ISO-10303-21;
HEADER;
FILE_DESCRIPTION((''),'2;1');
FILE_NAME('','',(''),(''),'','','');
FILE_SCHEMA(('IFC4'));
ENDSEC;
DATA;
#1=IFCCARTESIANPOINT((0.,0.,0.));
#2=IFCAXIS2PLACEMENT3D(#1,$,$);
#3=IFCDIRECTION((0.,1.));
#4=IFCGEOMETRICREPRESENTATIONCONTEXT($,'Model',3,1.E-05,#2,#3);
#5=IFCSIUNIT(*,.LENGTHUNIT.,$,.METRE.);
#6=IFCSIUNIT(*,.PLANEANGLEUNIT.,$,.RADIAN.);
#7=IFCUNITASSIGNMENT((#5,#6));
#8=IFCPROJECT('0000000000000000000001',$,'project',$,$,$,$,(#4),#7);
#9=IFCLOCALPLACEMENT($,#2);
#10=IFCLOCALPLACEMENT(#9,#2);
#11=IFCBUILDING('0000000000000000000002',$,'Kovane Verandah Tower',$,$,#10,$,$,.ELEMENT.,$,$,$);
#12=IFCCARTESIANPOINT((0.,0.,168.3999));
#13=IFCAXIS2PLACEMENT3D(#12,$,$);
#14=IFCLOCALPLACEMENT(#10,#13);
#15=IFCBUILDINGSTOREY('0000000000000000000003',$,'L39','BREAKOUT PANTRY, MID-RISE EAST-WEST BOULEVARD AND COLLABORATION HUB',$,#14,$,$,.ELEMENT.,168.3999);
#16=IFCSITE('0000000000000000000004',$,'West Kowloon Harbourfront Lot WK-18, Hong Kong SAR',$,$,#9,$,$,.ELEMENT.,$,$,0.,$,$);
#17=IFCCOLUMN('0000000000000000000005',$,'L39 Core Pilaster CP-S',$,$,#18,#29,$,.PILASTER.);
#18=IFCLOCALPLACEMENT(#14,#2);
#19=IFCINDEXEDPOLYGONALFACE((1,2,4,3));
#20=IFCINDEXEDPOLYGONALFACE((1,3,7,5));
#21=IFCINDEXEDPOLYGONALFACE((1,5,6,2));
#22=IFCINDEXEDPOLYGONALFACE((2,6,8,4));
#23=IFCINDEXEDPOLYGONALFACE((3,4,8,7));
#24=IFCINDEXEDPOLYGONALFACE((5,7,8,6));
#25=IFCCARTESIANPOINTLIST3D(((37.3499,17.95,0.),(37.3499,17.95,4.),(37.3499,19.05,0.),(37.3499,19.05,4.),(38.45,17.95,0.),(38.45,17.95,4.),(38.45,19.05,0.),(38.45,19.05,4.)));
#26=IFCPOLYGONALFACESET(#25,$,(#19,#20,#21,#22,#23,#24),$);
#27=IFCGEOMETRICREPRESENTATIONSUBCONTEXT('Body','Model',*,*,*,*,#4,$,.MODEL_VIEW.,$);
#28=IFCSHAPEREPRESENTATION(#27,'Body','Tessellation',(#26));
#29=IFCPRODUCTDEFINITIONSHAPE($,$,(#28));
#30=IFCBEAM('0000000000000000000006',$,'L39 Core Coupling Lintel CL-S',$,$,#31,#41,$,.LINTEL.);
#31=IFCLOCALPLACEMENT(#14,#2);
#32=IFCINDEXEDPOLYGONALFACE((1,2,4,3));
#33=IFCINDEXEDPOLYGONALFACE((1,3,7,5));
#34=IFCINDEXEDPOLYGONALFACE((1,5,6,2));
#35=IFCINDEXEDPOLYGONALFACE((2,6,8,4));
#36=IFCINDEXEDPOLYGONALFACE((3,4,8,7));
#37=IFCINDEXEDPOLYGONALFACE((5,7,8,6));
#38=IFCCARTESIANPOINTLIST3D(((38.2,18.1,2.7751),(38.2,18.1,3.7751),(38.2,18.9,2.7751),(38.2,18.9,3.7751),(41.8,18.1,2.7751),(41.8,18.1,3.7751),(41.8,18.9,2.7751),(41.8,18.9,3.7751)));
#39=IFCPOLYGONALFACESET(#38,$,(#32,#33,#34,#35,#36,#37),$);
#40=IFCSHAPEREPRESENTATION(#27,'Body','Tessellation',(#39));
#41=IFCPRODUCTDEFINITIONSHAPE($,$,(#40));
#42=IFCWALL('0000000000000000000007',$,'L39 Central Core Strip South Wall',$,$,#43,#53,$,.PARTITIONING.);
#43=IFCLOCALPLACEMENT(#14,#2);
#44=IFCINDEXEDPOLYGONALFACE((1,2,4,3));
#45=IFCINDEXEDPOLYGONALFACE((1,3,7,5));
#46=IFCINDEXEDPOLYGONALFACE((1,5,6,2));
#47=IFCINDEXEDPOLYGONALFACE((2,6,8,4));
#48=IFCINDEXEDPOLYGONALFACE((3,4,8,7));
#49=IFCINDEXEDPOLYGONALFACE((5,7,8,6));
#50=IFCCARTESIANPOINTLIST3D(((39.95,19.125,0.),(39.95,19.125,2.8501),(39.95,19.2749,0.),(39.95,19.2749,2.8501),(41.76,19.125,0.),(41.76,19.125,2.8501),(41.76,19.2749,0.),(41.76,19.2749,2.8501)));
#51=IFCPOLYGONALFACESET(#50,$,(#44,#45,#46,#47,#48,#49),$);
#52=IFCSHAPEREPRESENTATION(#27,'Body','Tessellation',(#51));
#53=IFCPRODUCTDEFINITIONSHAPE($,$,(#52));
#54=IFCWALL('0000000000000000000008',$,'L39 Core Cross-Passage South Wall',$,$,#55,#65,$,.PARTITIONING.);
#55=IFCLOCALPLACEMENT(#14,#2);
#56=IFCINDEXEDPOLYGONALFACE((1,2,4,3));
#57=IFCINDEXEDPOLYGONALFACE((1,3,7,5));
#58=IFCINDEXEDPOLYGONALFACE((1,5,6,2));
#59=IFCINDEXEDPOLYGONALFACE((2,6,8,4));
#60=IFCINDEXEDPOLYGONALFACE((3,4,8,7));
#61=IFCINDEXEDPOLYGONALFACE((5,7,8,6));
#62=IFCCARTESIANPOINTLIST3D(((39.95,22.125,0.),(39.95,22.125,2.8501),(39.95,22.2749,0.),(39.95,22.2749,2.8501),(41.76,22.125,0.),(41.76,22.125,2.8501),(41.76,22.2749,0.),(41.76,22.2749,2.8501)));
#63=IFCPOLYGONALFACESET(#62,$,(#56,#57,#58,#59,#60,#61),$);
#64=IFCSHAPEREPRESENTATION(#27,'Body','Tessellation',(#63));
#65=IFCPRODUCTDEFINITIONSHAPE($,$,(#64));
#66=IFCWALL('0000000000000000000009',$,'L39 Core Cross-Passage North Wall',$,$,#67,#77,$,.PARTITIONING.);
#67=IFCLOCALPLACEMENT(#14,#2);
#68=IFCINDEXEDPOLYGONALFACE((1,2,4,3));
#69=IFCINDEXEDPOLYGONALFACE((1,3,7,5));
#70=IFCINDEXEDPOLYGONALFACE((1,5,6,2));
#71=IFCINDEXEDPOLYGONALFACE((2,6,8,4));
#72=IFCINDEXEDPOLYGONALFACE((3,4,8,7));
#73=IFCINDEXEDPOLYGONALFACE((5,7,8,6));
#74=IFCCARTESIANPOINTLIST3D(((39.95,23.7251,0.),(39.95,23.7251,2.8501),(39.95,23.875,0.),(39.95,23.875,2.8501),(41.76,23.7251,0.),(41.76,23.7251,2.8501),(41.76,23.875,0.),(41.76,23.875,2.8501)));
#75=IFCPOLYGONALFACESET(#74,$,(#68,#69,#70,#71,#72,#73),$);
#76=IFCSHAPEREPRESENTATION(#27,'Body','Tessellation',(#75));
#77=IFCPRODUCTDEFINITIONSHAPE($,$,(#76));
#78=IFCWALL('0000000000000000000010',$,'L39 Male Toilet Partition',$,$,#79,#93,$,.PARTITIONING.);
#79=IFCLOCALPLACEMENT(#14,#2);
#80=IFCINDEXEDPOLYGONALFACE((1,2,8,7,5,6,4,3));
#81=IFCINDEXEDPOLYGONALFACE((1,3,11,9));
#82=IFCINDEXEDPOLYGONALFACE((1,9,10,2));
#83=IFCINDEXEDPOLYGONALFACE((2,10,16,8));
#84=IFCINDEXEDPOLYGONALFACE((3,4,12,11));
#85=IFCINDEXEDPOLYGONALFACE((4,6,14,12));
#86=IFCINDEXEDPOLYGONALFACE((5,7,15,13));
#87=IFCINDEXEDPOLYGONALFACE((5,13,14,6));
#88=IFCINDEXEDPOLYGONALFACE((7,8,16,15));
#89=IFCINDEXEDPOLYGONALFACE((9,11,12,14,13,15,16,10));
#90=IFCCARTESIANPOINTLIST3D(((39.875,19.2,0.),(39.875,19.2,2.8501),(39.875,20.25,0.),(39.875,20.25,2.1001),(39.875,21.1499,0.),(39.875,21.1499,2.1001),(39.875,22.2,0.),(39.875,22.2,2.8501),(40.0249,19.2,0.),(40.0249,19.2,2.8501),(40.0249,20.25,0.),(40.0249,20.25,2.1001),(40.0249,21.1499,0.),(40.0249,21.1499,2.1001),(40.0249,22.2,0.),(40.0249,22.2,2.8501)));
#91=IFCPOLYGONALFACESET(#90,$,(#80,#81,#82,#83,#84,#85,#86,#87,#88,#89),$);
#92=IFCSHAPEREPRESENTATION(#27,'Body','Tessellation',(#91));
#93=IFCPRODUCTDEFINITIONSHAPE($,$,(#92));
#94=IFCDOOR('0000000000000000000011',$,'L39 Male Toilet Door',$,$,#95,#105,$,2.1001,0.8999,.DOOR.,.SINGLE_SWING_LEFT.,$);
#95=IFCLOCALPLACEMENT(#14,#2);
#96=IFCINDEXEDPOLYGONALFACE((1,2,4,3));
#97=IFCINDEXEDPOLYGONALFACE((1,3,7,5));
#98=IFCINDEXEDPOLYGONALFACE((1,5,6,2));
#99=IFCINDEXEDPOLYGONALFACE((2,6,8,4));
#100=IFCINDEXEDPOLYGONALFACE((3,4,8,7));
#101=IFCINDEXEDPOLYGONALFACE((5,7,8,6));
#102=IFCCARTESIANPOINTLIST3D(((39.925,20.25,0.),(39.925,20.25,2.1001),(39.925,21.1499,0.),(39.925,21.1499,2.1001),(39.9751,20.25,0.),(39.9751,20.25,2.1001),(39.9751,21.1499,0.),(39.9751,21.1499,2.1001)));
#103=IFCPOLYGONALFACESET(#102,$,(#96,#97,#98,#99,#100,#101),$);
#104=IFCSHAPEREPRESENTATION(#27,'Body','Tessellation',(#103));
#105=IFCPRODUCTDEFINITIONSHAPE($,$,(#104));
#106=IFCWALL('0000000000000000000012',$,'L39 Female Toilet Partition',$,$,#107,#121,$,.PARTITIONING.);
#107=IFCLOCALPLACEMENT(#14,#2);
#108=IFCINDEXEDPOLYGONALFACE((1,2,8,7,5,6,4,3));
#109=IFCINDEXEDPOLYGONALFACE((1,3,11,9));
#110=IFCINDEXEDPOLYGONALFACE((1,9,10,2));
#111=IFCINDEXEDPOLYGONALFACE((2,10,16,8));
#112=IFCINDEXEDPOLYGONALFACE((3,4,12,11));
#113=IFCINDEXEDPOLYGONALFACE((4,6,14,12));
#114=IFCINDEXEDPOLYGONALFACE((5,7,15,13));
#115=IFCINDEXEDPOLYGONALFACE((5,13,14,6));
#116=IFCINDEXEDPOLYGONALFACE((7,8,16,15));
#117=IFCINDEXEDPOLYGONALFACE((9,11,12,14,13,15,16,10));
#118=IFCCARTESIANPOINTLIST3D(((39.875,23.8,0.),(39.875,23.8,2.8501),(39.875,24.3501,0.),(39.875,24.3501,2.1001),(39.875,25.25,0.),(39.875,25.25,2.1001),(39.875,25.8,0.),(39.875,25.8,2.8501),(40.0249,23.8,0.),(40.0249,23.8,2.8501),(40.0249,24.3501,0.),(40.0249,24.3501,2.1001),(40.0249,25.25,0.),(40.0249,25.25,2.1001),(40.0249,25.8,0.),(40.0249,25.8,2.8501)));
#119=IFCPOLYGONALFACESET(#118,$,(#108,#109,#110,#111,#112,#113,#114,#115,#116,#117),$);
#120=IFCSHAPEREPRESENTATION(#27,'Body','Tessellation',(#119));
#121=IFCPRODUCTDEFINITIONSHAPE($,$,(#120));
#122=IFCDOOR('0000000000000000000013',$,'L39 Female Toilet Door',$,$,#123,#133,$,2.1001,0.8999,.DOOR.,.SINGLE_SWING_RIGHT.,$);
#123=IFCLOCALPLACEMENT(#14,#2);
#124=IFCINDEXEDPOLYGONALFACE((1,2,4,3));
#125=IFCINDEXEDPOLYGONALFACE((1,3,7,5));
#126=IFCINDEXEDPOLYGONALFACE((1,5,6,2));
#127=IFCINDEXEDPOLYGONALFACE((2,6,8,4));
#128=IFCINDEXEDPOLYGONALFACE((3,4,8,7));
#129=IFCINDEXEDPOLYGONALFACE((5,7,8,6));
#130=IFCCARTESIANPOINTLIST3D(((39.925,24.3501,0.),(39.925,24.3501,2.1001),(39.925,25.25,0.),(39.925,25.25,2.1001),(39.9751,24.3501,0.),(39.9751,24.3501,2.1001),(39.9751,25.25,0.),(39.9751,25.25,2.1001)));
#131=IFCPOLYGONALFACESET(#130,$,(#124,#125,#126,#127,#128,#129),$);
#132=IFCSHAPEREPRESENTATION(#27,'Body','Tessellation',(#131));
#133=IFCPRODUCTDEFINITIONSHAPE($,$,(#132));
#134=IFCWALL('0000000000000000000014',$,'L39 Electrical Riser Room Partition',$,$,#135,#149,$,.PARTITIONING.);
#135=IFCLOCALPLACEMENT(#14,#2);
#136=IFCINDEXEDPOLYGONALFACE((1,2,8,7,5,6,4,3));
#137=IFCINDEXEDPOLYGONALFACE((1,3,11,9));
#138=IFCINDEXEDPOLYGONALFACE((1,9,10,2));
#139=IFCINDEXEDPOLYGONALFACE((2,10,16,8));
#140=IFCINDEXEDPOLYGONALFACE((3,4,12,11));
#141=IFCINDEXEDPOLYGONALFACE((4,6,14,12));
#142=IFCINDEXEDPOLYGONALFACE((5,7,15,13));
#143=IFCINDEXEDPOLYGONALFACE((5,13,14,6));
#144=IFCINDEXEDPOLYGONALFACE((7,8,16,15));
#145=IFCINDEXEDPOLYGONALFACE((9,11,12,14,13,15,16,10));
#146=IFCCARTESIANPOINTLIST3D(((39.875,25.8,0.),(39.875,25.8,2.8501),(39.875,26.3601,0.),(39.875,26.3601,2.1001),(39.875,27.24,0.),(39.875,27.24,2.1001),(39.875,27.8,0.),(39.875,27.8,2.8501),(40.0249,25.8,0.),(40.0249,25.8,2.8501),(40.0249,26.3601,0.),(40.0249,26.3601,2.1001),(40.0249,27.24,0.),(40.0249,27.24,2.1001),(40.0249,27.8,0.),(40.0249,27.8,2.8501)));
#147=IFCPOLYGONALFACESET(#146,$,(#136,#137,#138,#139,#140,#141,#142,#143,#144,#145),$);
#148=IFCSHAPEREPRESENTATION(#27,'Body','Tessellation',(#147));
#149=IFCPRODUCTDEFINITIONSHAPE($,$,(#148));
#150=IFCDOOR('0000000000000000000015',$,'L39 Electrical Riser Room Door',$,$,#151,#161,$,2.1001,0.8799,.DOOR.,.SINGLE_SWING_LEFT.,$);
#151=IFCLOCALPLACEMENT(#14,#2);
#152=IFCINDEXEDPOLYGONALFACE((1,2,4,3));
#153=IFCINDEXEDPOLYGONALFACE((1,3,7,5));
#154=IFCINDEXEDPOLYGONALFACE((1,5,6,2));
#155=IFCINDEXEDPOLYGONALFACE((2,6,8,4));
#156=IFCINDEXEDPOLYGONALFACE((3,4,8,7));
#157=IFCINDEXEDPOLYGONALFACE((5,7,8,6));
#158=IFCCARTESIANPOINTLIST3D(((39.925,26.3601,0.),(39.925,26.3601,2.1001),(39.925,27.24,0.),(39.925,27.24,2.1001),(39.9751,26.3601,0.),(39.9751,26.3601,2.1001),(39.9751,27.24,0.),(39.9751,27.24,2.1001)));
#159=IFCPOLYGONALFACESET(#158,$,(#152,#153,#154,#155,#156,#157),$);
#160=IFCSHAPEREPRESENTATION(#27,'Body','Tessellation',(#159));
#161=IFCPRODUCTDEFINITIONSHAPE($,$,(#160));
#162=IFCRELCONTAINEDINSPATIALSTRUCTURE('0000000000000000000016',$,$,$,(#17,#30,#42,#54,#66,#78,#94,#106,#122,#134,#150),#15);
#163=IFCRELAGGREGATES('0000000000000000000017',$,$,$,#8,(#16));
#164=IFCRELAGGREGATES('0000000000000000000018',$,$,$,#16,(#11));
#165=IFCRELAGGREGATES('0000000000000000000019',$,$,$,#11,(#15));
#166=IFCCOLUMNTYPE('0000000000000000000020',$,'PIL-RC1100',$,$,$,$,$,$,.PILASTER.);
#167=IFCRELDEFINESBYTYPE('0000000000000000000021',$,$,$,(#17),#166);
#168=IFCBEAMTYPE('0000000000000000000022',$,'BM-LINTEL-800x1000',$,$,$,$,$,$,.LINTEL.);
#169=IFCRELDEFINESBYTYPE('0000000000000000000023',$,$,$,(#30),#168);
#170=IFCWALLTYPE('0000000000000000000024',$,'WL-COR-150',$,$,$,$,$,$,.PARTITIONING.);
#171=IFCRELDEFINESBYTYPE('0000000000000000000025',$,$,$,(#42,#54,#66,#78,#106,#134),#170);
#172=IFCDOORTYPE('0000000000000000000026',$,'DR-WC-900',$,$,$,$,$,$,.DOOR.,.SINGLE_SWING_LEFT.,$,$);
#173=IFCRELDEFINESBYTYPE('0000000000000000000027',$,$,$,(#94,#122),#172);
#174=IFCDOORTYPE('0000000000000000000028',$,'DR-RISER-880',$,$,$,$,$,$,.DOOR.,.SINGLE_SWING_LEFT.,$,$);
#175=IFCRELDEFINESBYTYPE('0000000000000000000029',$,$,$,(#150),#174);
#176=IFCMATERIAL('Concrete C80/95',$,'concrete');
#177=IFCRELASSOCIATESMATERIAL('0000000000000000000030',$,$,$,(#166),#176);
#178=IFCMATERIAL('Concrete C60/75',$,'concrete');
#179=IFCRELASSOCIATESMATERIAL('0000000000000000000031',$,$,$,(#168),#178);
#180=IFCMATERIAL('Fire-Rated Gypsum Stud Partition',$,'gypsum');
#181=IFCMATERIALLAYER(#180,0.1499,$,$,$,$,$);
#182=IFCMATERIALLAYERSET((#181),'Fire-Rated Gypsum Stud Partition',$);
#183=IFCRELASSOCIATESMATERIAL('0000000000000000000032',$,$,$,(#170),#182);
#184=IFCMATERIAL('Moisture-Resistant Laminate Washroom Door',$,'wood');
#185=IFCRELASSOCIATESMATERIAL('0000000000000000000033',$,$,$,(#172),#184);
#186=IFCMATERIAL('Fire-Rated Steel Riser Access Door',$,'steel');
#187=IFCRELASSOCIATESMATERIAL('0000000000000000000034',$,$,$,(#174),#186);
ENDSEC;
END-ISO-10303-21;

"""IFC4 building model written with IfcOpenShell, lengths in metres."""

from ifc_helpers import new_model, si_unit, direction, frame, frame_2d, origin, origin_2d, place, context, subcontext, project, spatial, rectangle, extrude, material, layer, layer_set, material_profile, profile_set, type_object, element, fill, save


model = new_model("IFC4")

# Units and contexts
model_context = context("Model", 3, precision=1e-05, world=origin(), true_north=direction((0.0, 1.0)))
body_context = subcontext(model_context, "Body", "Model", "MODEL_VIEW")
ifc_project = project(units=[si_unit("LENGTHUNIT", "METRE"), si_unit("PLANEANGLEUNIT", "RADIAN")], contexts=[model_context])

# Site, building, storey
site_placement = place(None, origin())
site = spatial("IfcSite", under=ifc_project, at=site_placement, Name="West Kowloon Harbourfront Lot WK-18, Hong Kong SAR", CompositionType="ELEMENT", RefElevation=0.0)
building_placement = place(site_placement, origin())
building = spatial("IfcBuilding", under=site, at=building_placement, Name="Kovane Verandah Tower", CompositionType="ELEMENT")
storey_placement = place(building_placement, frame((0.0, 0.0, 168.3999)))
storey = spatial("IfcBuildingStorey", under=building, at=storey_placement, Name="L39", Description="BREAKOUT PANTRY, MID-RISE EAST-WEST BOULEVARD AND COLLABORATION HUB", CompositionType="ELEMENT", Elevation=168.3999)

# Column
ifc_material_1 = material(Name="Concrete C80/95", Category="concrete")
ifc_material_profile_1 = material_profile(ifc_material_1, rectangle(XDim=1.1001, YDim=1.1001, at=origin_2d()), Name="RC1100x1100")
ifc_profile_set_1 = profile_set([ifc_material_profile_1], Name="Concrete C80/95")
column_type = type_object("IfcColumnType", Name="PIL-RC1100", PredefinedType="PILASTER", material=ifc_profile_set_1)
column_placement = place(storey_placement, frame((37.8999, 18.5, 0.0), z_axis=(0.0, 0.0, 1.0), x_axis=(1.0, 0.0, 0.0)))
element("IfcColumn", 1, at=column_placement, inside=storey, type_object=column_type, Name="L39 Core Pilaster CP-S", PredefinedType="PILASTER", context=body_context, shape_type="SweptSolid", body=[
    extrude(rectangle(XDim=1.1001, YDim=1.1001, at=origin_2d()), origin(), (0.0, 0.0, 1.0), 4.0),
])

# Beam
ifc_material_2 = material(Name="Concrete C60/75", Category="concrete")
ifc_material_profile_2 = material_profile(ifc_material_2, rectangle(XDim=0.8, YDim=1.0, at=origin_2d()), Name="RCB800x1000")
ifc_profile_set_2 = profile_set([ifc_material_profile_2], Name="Concrete C60/75")
beam_type = type_object("IfcBeamType", Name="BM-LINTEL-800x1000", PredefinedType="LINTEL", material=ifc_profile_set_2)
beam_placement = place(storey_placement, frame((38.2, 18.5, 3.2751), z_axis=(1.0, 0.0, 0.0), x_axis=(0.0, 1.0, 0.0)))
element("IfcBeam", 2, at=beam_placement, inside=storey, type_object=beam_type, Name="L39 Core Coupling Lintel CL-S", PredefinedType="LINTEL", context=body_context, shape_type="SweptSolid", body=[
    extrude(rectangle(XDim=0.8, YDim=1.0, at=origin_2d()), origin(), (0.0, 0.0, 1.0), 3.6001),
])

# Walls
ifc_material_3 = material(Name="Fire-Rated Gypsum Stud Partition", Category="gypsum")
ifc_layer_1 = layer(ifc_material_3, 0.1499)
ifc_layer_set_1 = layer_set([ifc_layer_1], Name="Fire-Rated Gypsum Stud Partition")
wall_type_1 = type_object("IfcWallType", Name="WL-COR-150", PredefinedType="PARTITIONING", material=ifc_layer_set_1)
for number, where, z_axis, x_axis, name in (
    (3, (39.95, 19.2, 0.0), (0.0, 0.0, 1.0), (1.0, 0.0, 0.0), "L39 Central Core Strip South Wall"),
    (4, (39.95, 22.2, 0.0), (0.0, 0.0, 1.0), (1.0, 0.0, 0.0), "L39 Core Cross-Passage South Wall"),
    (5, (39.95, 23.8, 0.0), (0.0, 0.0, 1.0), (1.0, 0.0, 0.0), "L39 Core Cross-Passage North Wall"),
):
    element("IfcWall", number, at=place(storey_placement, frame(where, z_axis=z_axis, x_axis=x_axis)), inside=storey, type_object=wall_type_1, Name=name, PredefinedType="PARTITIONING", context=body_context, shape_type="SweptSolid", body=[
        extrude(rectangle(XDim=1.8101, YDim=0.1499, at=frame_2d((0.905, 0.0))), origin(), (0.0, 0.0, 1.0), 2.8501),
    ])

# Walls, openings, doors
wall_1_placement = place(storey_placement, frame((39.95, 19.2, 0.0), z_axis=(0.0, 0.0, 1.0), x_axis=(0.0, 1.0, 0.0)))
wall_1 = element("IfcWall", 6, at=wall_1_placement, inside=storey, type_object=wall_type_1, Name="L39 Male Toilet Partition", PredefinedType="PARTITIONING", context=body_context, shape_type="SweptSolid", body=[
    extrude(rectangle(XDim=3.0, YDim=0.1499, at=frame_2d((1.5, 0.0))), origin(), (0.0, 0.0, 1.0), 2.8501),
])
opening_1_placement = place(wall_1_placement, frame((1.05, 0.0, 0.0)))
opening_1 = element("IfcOpeningElement", 7, at=opening_1_placement, cuts=wall_1, PredefinedType="OPENING", context=body_context, shape_type="SweptSolid", body=[
    extrude(rectangle(XDim=0.8999, YDim=2.1001, at=frame_2d((0.45, 1.05))), frame((0.0, 0.075, 0.0), z_axis=(0.0, -1.0, 0.0), x_axis=(1.0, 0.0, 0.0)), (0.0, 0.0, 1.0), 0.1499),
])
ifc_material_4 = material(Name="Moisture-Resistant Laminate Washroom Door", Category="wood")
door_type_1 = type_object("IfcDoorType", Name="DR-WC-900", OperationType="SINGLE_SWING_LEFT", PredefinedType="DOOR", material=ifc_material_4)
door_1_placement = place(opening_1_placement, origin())
door_1 = element("IfcDoor", 8, at=door_1_placement, inside=storey, type_object=door_type_1, Name="L39 Male Toilet Door", OperationType="SINGLE_SWING_LEFT", OverallHeight=2.1001, OverallWidth=0.8999, PredefinedType="DOOR", context=body_context, shape_type="SweptSolid", body=[
    extrude(rectangle(XDim=0.8999, YDim=2.1001, at=frame_2d((0.45, 1.05))), frame((0.0, 0.0249, 0.0), z_axis=(0.0, -1.0, 0.0), x_axis=(1.0, 0.0, 0.0)), (0.0, 0.0, 1.0), 0.05),
])
fill(opening_1, door_1)
wall_2_placement = place(storey_placement, frame((39.95, 23.8, 0.0), z_axis=(0.0, 0.0, 1.0), x_axis=(0.0, 1.0, 0.0)))
wall_2 = element("IfcWall", 9, at=wall_2_placement, inside=storey, type_object=wall_type_1, Name="L39 Female Toilet Partition", PredefinedType="PARTITIONING", context=body_context, shape_type="SweptSolid", body=[
    extrude(rectangle(XDim=2.0, YDim=0.1499, at=frame_2d((1.0, 0.0))), origin(), (0.0, 0.0, 1.0), 2.8501),
])
opening_2_placement = place(wall_2_placement, frame((0.55, 0.0, 0.0)))
opening_2 = element("IfcOpeningElement", 10, at=opening_2_placement, cuts=wall_2, PredefinedType="OPENING", context=body_context, shape_type="SweptSolid", body=[
    extrude(rectangle(XDim=0.8999, YDim=2.1001, at=frame_2d((0.45, 1.05))), frame((0.0, 0.075, 0.0), z_axis=(0.0, -1.0, 0.0), x_axis=(1.0, 0.0, 0.0)), (0.0, 0.0, 1.0), 0.1499),
])
door_2_placement = place(opening_2_placement, origin())
door_2 = element("IfcDoor", 11, at=door_2_placement, inside=storey, type_object=door_type_1, Name="L39 Female Toilet Door", OperationType="SINGLE_SWING_RIGHT", OverallHeight=2.1001, OverallWidth=0.8999, PredefinedType="DOOR", context=body_context, shape_type="SweptSolid", body=[
    extrude(rectangle(XDim=0.8999, YDim=2.1001, at=frame_2d((0.45, 1.05))), frame((0.0, 0.0249, 0.0), z_axis=(0.0, -1.0, 0.0), x_axis=(1.0, 0.0, 0.0)), (0.0, 0.0, 1.0), 0.05),
])
fill(opening_2, door_2)
wall_3_placement = place(storey_placement, frame((39.95, 25.8, 0.0), z_axis=(0.0, 0.0, 1.0), x_axis=(0.0, 1.0, 0.0)))
wall_3 = element("IfcWall", 12, at=wall_3_placement, inside=storey, type_object=wall_type_1, Name="L39 Electrical Riser Room Partition", PredefinedType="PARTITIONING", context=body_context, shape_type="SweptSolid", body=[
    extrude(rectangle(XDim=2.0, YDim=0.1499, at=frame_2d((1.0, 0.0))), origin(), (0.0, 0.0, 1.0), 2.8501),
])
opening_3_placement = place(wall_3_placement, frame((0.5601, 0.0, 0.0)))
opening_3 = element("IfcOpeningElement", 13, at=opening_3_placement, cuts=wall_3, PredefinedType="OPENING", context=body_context, shape_type="SweptSolid", body=[
    extrude(rectangle(XDim=0.8799, YDim=2.1001, at=frame_2d((0.4399, 1.05))), frame((0.0, 0.075, 0.0), z_axis=(0.0, -1.0, 0.0), x_axis=(1.0, 0.0, 0.0)), (0.0, 0.0, 1.0), 0.1499),
])
ifc_material_5 = material(Name="Fire-Rated Steel Riser Access Door", Category="steel")
door_type_2 = type_object("IfcDoorType", Name="DR-RISER-880", OperationType="SINGLE_SWING_LEFT", PredefinedType="DOOR", material=ifc_material_5)
door_3_placement = place(opening_3_placement, origin())
door_3 = element("IfcDoor", 14, at=door_3_placement, inside=storey, type_object=door_type_2, Name="L39 Electrical Riser Room Door", OperationType="SINGLE_SWING_LEFT", OverallHeight=2.1001, OverallWidth=0.8799, PredefinedType="DOOR", context=body_context, shape_type="SweptSolid", body=[
    extrude(rectangle(XDim=0.8799, YDim=2.1001, at=frame_2d((0.4399, 1.05))), frame((0.0, 0.0249, 0.0), z_axis=(0.0, -1.0, 0.0), x_axis=(1.0, 0.0, 0.0)), (0.0, 0.0, 1.0), 0.05),
])
fill(opening_3, door_3)

save(model, "model.ifc")
